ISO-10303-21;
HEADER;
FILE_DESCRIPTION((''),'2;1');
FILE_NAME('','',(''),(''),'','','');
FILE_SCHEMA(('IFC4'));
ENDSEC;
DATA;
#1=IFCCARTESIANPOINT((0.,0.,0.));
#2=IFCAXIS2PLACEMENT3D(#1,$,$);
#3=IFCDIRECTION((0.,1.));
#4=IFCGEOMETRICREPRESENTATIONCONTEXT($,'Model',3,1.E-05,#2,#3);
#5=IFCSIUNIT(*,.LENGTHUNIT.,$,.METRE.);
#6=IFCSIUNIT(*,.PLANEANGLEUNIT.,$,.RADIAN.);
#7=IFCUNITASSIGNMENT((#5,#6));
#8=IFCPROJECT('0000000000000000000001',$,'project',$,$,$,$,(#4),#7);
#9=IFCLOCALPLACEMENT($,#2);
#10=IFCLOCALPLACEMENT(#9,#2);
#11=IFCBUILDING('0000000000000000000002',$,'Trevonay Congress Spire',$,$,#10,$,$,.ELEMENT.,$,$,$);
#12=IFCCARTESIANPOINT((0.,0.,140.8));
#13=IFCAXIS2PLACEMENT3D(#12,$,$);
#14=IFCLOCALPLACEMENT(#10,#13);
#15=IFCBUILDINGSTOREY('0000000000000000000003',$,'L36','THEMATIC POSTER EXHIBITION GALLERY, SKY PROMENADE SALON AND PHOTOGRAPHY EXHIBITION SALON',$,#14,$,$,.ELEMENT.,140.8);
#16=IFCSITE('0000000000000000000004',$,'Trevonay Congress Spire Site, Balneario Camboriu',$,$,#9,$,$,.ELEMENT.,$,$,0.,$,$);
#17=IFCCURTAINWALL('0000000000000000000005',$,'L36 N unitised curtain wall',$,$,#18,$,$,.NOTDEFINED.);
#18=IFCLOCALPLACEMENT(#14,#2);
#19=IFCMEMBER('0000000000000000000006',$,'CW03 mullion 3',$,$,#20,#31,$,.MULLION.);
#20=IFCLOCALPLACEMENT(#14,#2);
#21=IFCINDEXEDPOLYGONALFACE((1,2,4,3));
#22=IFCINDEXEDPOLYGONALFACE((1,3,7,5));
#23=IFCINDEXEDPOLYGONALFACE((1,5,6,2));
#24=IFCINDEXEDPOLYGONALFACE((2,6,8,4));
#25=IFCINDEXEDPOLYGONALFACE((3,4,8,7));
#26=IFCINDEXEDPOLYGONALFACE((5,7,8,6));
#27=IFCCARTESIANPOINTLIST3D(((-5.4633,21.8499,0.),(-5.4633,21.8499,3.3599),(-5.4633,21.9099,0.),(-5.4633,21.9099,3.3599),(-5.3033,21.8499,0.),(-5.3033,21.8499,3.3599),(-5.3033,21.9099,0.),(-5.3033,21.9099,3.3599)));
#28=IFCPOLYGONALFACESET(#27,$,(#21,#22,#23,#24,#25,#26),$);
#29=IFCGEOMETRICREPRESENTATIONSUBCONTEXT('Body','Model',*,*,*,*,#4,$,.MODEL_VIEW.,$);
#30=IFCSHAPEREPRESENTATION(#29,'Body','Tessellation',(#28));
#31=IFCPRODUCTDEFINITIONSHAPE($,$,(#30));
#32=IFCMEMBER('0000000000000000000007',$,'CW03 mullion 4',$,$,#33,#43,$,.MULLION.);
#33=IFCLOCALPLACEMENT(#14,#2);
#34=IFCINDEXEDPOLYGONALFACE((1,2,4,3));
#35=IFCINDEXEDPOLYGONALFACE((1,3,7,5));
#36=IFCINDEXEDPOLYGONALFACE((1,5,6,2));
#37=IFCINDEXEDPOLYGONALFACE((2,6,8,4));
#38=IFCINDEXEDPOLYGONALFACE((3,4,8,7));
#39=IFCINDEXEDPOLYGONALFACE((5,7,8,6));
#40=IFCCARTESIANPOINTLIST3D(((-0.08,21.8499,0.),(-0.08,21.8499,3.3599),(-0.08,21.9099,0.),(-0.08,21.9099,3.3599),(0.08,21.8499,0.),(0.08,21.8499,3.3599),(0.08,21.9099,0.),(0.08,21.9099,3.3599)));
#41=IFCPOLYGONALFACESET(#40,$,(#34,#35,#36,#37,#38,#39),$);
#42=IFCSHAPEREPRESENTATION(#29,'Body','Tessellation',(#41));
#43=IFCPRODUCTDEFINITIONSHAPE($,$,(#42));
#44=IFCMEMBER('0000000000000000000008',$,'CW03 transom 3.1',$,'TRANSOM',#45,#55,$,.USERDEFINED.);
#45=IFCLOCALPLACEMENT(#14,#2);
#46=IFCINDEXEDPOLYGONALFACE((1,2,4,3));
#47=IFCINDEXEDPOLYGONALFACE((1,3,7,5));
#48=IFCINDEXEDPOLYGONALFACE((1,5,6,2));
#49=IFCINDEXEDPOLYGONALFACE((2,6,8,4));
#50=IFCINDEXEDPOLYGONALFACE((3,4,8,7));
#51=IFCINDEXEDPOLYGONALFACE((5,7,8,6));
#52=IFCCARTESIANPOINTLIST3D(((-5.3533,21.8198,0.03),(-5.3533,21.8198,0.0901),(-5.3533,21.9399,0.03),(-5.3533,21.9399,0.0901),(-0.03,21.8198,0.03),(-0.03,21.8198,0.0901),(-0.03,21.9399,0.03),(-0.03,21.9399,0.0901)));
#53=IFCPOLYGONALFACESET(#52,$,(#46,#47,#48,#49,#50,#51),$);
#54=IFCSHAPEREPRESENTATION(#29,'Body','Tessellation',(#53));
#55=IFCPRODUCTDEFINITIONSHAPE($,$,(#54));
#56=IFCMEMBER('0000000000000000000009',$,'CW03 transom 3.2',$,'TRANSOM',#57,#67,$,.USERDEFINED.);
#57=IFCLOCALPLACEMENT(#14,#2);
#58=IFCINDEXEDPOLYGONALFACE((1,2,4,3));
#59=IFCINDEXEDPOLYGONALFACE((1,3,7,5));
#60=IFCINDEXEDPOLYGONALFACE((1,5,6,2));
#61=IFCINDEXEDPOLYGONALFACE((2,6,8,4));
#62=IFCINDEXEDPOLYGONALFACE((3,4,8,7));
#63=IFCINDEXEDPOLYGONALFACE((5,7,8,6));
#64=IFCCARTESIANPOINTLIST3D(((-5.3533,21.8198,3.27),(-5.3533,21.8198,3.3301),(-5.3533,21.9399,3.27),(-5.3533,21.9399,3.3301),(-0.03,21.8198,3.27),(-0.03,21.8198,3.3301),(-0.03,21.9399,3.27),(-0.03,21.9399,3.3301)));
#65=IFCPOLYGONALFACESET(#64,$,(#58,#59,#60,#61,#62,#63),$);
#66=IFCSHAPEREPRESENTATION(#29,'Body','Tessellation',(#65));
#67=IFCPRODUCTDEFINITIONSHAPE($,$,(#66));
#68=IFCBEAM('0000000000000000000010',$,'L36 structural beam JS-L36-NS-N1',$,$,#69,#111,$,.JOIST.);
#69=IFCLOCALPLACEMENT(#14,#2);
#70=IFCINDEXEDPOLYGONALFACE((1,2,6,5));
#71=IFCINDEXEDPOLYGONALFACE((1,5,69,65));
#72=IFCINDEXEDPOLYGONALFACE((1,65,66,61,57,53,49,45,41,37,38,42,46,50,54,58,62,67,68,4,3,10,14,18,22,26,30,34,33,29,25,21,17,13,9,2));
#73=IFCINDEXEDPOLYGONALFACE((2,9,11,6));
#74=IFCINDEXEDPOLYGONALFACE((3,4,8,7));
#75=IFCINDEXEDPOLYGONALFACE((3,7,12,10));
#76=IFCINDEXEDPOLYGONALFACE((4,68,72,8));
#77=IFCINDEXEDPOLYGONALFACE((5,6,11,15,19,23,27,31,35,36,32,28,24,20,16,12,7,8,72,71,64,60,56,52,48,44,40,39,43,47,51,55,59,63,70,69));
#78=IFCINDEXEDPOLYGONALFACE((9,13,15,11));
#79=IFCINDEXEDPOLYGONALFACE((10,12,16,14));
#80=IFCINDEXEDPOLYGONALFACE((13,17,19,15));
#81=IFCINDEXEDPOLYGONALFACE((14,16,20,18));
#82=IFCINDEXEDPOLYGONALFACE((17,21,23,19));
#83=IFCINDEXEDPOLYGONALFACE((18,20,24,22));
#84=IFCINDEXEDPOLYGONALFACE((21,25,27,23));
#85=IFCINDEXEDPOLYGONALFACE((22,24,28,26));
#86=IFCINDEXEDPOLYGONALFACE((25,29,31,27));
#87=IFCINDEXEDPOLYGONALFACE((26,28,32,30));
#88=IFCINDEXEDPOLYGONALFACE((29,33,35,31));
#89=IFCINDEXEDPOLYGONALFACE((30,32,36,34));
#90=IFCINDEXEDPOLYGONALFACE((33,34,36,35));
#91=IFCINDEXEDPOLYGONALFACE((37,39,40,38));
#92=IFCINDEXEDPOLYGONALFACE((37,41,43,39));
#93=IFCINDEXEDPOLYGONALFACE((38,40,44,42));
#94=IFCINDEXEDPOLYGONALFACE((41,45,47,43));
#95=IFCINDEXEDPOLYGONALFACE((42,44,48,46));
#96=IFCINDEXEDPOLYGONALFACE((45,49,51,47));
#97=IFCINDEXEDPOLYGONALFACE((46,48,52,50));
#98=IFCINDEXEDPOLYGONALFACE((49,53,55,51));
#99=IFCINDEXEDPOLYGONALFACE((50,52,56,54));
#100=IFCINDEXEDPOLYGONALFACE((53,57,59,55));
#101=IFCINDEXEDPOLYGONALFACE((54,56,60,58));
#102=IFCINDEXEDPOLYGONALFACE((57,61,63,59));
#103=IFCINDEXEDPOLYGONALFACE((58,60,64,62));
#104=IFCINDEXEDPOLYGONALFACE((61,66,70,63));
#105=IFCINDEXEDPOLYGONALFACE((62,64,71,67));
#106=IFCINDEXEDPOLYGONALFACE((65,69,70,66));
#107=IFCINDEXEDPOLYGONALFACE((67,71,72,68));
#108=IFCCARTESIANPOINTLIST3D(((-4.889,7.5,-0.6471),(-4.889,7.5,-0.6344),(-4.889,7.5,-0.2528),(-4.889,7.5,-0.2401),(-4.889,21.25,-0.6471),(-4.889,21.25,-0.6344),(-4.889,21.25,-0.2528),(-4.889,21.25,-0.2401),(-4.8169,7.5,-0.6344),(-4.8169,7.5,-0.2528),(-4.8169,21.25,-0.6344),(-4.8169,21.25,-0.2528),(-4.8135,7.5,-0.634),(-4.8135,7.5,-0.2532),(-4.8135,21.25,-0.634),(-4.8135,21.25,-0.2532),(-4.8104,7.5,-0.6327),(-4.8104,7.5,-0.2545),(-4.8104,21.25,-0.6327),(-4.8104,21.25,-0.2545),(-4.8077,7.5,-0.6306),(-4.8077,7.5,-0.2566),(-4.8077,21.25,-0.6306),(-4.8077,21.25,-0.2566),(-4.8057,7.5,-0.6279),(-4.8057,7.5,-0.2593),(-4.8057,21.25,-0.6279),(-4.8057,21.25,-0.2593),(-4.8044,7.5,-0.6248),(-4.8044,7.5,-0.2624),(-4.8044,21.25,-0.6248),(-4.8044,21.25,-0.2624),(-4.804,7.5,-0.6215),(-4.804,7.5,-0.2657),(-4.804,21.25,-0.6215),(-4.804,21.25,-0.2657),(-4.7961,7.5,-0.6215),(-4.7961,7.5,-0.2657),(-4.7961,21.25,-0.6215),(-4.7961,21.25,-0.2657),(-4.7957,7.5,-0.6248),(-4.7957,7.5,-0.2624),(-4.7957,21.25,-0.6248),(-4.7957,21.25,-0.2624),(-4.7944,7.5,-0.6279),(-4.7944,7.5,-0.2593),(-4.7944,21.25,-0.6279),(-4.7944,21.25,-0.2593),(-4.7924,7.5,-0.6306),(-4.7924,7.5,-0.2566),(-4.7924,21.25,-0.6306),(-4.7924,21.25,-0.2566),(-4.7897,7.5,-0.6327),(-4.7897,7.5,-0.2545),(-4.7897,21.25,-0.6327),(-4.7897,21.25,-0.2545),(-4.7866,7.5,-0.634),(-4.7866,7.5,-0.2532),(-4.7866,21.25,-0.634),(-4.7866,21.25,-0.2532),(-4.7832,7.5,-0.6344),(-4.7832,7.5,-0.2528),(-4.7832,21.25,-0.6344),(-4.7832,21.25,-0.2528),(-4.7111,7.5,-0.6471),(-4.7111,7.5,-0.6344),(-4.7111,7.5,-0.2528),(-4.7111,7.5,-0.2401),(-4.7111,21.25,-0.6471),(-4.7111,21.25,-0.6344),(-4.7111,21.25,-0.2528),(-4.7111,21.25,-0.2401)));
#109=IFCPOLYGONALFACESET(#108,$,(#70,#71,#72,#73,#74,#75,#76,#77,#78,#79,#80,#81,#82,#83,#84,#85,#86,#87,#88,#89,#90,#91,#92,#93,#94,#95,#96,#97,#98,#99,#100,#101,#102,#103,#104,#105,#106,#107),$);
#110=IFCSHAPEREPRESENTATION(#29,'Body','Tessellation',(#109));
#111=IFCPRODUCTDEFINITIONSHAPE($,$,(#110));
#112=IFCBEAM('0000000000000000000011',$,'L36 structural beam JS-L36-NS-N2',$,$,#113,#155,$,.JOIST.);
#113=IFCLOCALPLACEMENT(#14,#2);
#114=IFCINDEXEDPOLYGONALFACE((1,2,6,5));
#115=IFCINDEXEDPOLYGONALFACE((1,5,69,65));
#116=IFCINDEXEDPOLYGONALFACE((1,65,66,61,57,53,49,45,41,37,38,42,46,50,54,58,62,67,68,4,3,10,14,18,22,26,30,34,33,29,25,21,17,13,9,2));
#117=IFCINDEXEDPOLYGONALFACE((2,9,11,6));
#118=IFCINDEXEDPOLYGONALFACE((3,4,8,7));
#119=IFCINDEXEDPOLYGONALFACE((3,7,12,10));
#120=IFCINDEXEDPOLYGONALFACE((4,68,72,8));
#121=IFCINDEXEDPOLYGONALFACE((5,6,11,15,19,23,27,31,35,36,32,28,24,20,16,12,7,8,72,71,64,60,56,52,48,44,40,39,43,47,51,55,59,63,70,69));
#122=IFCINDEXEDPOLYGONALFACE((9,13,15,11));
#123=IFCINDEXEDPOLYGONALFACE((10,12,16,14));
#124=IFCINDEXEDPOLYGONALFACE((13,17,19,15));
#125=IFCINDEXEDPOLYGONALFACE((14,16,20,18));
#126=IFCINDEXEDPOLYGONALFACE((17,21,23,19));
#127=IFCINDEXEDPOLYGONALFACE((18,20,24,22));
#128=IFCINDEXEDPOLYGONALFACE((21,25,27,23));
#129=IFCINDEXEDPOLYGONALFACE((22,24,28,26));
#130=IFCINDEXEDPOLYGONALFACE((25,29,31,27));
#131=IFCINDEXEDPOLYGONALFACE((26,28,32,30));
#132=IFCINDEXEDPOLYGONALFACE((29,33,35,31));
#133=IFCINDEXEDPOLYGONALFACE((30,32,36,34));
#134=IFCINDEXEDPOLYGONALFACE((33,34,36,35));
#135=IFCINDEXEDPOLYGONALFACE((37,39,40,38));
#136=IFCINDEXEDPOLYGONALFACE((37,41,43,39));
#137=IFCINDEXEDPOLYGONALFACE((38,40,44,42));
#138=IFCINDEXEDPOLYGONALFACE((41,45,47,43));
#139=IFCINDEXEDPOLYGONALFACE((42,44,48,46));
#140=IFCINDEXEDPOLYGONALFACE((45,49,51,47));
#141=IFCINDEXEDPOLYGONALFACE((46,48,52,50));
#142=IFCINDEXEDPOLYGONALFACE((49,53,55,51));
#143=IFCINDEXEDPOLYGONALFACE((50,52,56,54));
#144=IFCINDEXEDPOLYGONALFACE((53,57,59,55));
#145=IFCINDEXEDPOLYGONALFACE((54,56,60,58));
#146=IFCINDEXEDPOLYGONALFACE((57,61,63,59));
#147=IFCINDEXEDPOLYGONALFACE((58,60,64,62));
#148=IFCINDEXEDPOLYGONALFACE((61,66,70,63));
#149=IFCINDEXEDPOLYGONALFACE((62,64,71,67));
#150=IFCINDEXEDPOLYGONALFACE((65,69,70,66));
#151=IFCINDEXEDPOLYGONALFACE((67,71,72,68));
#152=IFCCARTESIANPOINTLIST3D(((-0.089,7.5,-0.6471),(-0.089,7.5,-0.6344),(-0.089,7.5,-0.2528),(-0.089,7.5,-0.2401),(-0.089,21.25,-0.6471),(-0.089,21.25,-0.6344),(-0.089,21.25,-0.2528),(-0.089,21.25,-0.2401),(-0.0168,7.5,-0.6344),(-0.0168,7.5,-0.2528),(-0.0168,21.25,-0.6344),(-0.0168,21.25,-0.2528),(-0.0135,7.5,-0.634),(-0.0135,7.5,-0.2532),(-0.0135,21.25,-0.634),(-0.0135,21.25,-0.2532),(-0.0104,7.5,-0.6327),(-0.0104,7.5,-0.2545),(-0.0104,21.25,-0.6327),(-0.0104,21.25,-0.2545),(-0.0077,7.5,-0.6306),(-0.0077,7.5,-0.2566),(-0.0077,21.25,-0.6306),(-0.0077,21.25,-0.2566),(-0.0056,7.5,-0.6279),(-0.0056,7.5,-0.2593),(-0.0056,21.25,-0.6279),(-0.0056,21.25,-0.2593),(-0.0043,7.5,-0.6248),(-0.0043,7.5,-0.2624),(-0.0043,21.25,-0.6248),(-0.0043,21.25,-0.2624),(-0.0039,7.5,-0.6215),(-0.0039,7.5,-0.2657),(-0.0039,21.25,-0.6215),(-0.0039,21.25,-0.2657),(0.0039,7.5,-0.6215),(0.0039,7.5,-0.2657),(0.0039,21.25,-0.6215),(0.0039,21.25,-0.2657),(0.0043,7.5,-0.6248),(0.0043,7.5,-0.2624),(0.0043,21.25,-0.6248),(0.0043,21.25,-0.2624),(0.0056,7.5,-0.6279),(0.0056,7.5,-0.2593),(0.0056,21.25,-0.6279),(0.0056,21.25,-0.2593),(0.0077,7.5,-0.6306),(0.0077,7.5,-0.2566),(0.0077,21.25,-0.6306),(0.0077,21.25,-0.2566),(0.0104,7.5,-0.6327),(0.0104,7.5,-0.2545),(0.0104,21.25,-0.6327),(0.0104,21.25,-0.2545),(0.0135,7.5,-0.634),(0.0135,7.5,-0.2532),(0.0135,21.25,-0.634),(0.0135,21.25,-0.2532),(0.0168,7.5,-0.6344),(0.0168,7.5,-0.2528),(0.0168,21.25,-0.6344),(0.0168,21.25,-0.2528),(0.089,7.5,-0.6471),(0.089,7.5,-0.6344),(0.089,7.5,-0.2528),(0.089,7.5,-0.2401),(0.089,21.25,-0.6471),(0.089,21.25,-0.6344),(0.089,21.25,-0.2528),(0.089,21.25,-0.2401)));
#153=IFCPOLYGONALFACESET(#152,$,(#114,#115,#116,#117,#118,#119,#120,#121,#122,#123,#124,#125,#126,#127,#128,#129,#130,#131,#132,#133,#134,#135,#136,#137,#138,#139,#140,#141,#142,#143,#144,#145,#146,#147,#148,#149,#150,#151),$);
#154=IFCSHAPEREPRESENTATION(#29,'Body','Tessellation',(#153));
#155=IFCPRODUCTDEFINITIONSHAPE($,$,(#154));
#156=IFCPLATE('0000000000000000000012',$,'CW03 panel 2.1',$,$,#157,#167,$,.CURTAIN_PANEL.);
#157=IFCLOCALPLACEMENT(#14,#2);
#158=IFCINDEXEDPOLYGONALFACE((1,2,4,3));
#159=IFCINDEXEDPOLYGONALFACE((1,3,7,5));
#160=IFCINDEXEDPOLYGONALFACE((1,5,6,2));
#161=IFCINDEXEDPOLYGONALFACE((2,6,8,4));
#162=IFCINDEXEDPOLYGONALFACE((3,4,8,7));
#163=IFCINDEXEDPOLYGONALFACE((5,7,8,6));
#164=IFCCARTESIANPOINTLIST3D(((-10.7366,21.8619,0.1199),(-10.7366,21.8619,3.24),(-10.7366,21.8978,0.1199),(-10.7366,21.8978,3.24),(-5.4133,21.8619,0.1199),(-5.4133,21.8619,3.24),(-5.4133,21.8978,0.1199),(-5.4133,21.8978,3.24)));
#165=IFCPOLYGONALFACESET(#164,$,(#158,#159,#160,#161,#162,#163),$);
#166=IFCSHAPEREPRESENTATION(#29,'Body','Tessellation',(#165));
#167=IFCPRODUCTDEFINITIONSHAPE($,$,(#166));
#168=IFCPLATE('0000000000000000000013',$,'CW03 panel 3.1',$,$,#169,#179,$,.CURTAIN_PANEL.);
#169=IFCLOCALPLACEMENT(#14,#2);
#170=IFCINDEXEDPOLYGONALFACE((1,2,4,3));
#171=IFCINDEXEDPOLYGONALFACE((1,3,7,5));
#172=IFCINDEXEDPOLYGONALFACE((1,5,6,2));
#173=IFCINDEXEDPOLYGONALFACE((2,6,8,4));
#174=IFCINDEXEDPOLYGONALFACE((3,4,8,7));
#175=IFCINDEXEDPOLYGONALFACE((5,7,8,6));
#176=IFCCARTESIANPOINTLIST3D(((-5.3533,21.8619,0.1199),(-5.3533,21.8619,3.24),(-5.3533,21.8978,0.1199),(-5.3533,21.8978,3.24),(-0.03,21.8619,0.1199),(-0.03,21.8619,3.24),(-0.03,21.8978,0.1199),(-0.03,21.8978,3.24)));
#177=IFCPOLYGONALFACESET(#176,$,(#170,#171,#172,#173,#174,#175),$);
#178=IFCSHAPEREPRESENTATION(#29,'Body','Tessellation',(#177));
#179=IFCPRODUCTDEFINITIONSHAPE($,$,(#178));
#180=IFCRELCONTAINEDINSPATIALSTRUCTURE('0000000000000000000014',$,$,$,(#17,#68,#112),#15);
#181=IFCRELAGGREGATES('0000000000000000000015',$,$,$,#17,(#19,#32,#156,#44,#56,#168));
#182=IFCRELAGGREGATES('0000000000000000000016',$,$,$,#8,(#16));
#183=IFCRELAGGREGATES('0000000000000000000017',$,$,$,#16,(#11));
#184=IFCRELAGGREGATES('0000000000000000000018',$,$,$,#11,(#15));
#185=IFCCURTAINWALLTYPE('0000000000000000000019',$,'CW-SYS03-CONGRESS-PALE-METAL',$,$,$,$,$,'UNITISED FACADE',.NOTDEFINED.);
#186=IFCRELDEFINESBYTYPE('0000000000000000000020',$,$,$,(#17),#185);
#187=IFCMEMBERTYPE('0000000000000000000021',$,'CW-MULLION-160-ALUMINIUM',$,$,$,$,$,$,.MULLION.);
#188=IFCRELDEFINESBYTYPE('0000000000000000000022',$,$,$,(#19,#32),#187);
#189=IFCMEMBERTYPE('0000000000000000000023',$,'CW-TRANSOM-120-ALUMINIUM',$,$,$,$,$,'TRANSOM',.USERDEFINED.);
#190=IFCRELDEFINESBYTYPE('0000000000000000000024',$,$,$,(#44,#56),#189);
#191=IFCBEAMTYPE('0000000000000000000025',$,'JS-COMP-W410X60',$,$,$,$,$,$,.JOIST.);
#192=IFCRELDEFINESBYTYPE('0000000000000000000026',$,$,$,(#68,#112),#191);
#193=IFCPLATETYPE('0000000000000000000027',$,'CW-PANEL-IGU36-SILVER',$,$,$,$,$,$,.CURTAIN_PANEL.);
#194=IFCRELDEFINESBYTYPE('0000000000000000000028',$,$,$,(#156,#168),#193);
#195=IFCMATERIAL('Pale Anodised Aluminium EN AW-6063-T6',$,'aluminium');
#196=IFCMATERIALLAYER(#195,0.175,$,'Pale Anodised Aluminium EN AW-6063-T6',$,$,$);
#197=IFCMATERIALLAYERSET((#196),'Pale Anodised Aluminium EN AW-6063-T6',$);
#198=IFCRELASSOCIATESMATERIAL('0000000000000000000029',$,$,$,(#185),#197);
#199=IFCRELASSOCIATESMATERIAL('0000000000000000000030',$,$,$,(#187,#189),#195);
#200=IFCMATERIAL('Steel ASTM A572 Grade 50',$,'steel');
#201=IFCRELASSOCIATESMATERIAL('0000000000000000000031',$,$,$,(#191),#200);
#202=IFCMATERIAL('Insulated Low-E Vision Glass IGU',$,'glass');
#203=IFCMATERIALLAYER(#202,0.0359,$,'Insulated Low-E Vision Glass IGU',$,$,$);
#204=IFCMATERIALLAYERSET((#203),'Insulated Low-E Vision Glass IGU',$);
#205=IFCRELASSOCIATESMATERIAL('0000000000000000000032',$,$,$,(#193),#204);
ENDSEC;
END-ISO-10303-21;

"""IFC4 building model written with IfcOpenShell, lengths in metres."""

from ifc_helpers import new_model, si_unit, direction, frame, origin, origin_2d, place, context, subcontext, project, spatial, rectangle, i_section, extrude, material, layer, layer_set, material_profile, profile_set, type_object, element, aggregate, save


model = new_model("IFC4")

# Units and contexts
model_context = context("Model", 3, precision=1e-05, world=origin(), true_north=direction((0.0, 1.0)))
body_context = subcontext(model_context, "Body", "Model", "MODEL_VIEW")
ifc_project = project(units=[si_unit("LENGTHUNIT", "METRE"), si_unit("PLANEANGLEUNIT", "RADIAN")], contexts=[model_context])

# Site, building, storey
site_placement = place(None, origin())
site = spatial("IfcSite", under=ifc_project, at=site_placement, Name="Trevonay Congress Spire Site, Balneario Camboriu", CompositionType="ELEMENT", RefElevation=0.0)
building_placement = place(site_placement, origin())
building = spatial("IfcBuilding", under=site, at=building_placement, Name="Trevonay Congress Spire", CompositionType="ELEMENT")
storey_placement = place(building_placement, frame((0.0, 0.0, 140.8)))
storey = spatial("IfcBuildingStorey", under=building, at=storey_placement, Name="L36", Description="THEMATIC POSTER EXHIBITION GALLERY, SKY PROMENADE SALON AND PHOTOGRAPHY EXHIBITION SALON", CompositionType="ELEMENT", Elevation=140.8)

# Shared definitions
ifc_material_1 = material(Name="Steel ASTM A572 Grade 50", Category="steel")

# Curtain wall, members
ifc_material_2 = material(Name="Pale Anodised Aluminium EN AW-6063-T6", Category="aluminium")
ifc_layer_1 = layer(ifc_material_2, 0.175, Name="Pale Anodised Aluminium EN AW-6063-T6")
ifc_layer_set_1 = layer_set([ifc_layer_1], Name="Pale Anodised Aluminium EN AW-6063-T6")
curtain_wall_type = type_object("IfcCurtainWallType", Name="CW-SYS03-CONGRESS-PALE-METAL", ElementType="UNITISED FACADE", PredefinedType="NOTDEFINED", material=ifc_layer_set_1)
curtain_wall_placement = place(storey_placement, origin())
curtain_wall = element("IfcCurtainWall", 1, at=curtain_wall_placement, inside=storey, type_object=curtain_wall_type, Name="L36 N unitised curtain wall", PredefinedType="NOTDEFINED")
ifc_material_profile_1 = material_profile(ifc_material_2, rectangle(XDim=0.0601, YDim=0.1599, at=origin_2d()), Name="CW-MULLION-160-ALUMINIUM")
ifc_profile_set_1 = profile_set([ifc_material_profile_1], Name="Pale Anodised Aluminium EN AW-6063-T6")
member_type_1 = type_object("IfcMemberType", Name="CW-MULLION-160-ALUMINIUM", PredefinedType="MULLION", material=ifc_profile_set_1)
member_1_placement = place(storey_placement, frame((-5.3833, 21.8799, 0.0), z_axis=(0.0, 0.0, 1.0), x_axis=(0.0, 1.0, 0.0)))
member_1 = element("IfcMember", 2, at=member_1_placement, type_object=member_type_1, Name="CW03 mullion 3", PredefinedType="MULLION", context=body_context, shape_type="SweptSolid", body=[
    extrude(rectangle(XDim=0.0601, YDim=0.1599, at=origin_2d()), origin(), (0.0, 0.0, 1.0), 3.3599),
])
member_2_placement = place(storey_placement, frame((0.0, 21.8799, 0.0), z_axis=(0.0, 0.0, 1.0), x_axis=(0.0, 1.0, 0.0)))
member_2 = element("IfcMember", 3, at=member_2_placement, type_object=member_type_1, Name="CW03 mullion 4", PredefinedType="MULLION", context=body_context, shape_type="SweptSolid", body=[
    extrude(rectangle(XDim=0.0601, YDim=0.1599, at=origin_2d()), origin(), (0.0, 0.0, 1.0), 3.3599),
])
ifc_material_profile_2 = material_profile(ifc_material_2, rectangle(XDim=0.1201, YDim=0.0601, at=origin_2d()), Name="CW-TRANSOM-120-ALUMINIUM")
ifc_profile_set_2 = profile_set([ifc_material_profile_2], Name="Pale Anodised Aluminium EN AW-6063-T6")
member_type_2 = type_object("IfcMemberType", Name="CW-TRANSOM-120-ALUMINIUM", ElementType="TRANSOM", PredefinedType="USERDEFINED", material=ifc_profile_set_2)
member_3_placement = place(storey_placement, frame((-5.3533, 21.8799, 0.0601), z_axis=(1.0, 0.0, 0.0), x_axis=(0.0, 1.0, 0.0)))
member_3 = element("IfcMember", 4, at=member_3_placement, type_object=member_type_2, Name="CW03 transom 3.1", ObjectType="TRANSOM", PredefinedType="USERDEFINED", context=body_context, shape_type="SweptSolid", body=[
    extrude(rectangle(XDim=0.1201, YDim=0.0601, at=origin_2d()), origin(), (0.0, 0.0, 1.0), 5.3232),
])
member_4_placement = place(storey_placement, frame((-5.3533, 21.8799, 3.3), z_axis=(1.0, 0.0, 0.0), x_axis=(0.0, 1.0, 0.0)))
member_4 = element("IfcMember", 5, at=member_4_placement, type_object=member_type_2, Name="CW03 transom 3.2", ObjectType="TRANSOM", PredefinedType="USERDEFINED", context=body_context, shape_type="SweptSolid", body=[
    extrude(rectangle(XDim=0.1201, YDim=0.0601, at=origin_2d()), origin(), (0.0, 0.0, 1.0), 5.3232),
])

# Beams
ifc_material_profile_3 = material_profile(ifc_material_1, i_section(OverallWidth=0.178, OverallDepth=0.407, WebThickness=0.0078, FlangeThickness=0.0127, FilletRadius=0.0129, at=origin_2d()), Name="W410x60")
ifc_profile_set_3 = profile_set([ifc_material_profile_3], Name="Steel ASTM A572 Grade 50")
beam_type_1 = type_object("IfcBeamType", Name="JS-COMP-W410X60", PredefinedType="JOIST", material=ifc_profile_set_3)
for number, where, z_axis, x_axis, name in (
    (6, (-4.8, 7.5, -0.4436), (0.0, 1.0, 0.0), (-1.0, 0.0, 0.0), "L36 structural beam JS-L36-NS-N1"),
    (7, (0.0, 7.5, -0.4436), (0.0, 1.0, 0.0), (-1.0, 0.0, 0.0), "L36 structural beam JS-L36-NS-N2"),
):
    element("IfcBeam", number, at=place(storey_placement, frame(where, z_axis=z_axis, x_axis=x_axis)), inside=storey, type_object=beam_type_1, Name=name, PredefinedType="JOIST", context=body_context, shape_type="SweptSolid", body=[
        extrude(i_section(OverallWidth=0.178, OverallDepth=0.407, WebThickness=0.0078, FlangeThickness=0.0127, FilletRadius=0.0129, at=origin_2d()), origin(), (0.0, 0.0, 1.0), 13.75),
    ])

# Plates
ifc_material_3 = material(Name="Insulated Low-E Vision Glass IGU", Category="glass")
ifc_layer_2 = layer(ifc_material_3, 0.0359, Name="Insulated Low-E Vision Glass IGU")
ifc_layer_set_2 = layer_set([ifc_layer_2], Name="Insulated Low-E Vision Glass IGU")
plate_type = type_object("IfcPlateType", Name="CW-PANEL-IGU36-SILVER", PredefinedType="CURTAIN_PANEL", material=ifc_layer_set_2)
plate_1_placement = place(storey_placement, frame((-8.075, 21.8799, 0.1199), z_axis=(0.0, 0.0, 1.0), x_axis=(1.0, 0.0, 0.0)))
plate_1 = element("IfcPlate", 8, at=plate_1_placement, type_object=plate_type, Name="CW03 panel 2.1", PredefinedType="CURTAIN_PANEL", context=body_context, shape_type="SweptSolid", body=[
    extrude(rectangle(XDim=5.3232, YDim=0.0359, at=origin_2d()), origin(), (0.0, 0.0, 1.0), 3.1201),
])
plate_2_placement = place(storey_placement, frame((-2.6917, 21.8799, 0.1199), z_axis=(0.0, 0.0, 1.0), x_axis=(1.0, 0.0, 0.0)))
plate_2 = element("IfcPlate", 9, at=plate_2_placement, type_object=plate_type, Name="CW03 panel 3.1", PredefinedType="CURTAIN_PANEL", context=body_context, shape_type="SweptSolid", body=[
    extrude(rectangle(XDim=5.3232, YDim=0.0359, at=origin_2d()), origin(), (0.0, 0.0, 1.0), 3.1201),
])
aggregate(curtain_wall, [member_1, member_2, plate_1, member_3, member_4, plate_2])

save(model, "model.ifc")
